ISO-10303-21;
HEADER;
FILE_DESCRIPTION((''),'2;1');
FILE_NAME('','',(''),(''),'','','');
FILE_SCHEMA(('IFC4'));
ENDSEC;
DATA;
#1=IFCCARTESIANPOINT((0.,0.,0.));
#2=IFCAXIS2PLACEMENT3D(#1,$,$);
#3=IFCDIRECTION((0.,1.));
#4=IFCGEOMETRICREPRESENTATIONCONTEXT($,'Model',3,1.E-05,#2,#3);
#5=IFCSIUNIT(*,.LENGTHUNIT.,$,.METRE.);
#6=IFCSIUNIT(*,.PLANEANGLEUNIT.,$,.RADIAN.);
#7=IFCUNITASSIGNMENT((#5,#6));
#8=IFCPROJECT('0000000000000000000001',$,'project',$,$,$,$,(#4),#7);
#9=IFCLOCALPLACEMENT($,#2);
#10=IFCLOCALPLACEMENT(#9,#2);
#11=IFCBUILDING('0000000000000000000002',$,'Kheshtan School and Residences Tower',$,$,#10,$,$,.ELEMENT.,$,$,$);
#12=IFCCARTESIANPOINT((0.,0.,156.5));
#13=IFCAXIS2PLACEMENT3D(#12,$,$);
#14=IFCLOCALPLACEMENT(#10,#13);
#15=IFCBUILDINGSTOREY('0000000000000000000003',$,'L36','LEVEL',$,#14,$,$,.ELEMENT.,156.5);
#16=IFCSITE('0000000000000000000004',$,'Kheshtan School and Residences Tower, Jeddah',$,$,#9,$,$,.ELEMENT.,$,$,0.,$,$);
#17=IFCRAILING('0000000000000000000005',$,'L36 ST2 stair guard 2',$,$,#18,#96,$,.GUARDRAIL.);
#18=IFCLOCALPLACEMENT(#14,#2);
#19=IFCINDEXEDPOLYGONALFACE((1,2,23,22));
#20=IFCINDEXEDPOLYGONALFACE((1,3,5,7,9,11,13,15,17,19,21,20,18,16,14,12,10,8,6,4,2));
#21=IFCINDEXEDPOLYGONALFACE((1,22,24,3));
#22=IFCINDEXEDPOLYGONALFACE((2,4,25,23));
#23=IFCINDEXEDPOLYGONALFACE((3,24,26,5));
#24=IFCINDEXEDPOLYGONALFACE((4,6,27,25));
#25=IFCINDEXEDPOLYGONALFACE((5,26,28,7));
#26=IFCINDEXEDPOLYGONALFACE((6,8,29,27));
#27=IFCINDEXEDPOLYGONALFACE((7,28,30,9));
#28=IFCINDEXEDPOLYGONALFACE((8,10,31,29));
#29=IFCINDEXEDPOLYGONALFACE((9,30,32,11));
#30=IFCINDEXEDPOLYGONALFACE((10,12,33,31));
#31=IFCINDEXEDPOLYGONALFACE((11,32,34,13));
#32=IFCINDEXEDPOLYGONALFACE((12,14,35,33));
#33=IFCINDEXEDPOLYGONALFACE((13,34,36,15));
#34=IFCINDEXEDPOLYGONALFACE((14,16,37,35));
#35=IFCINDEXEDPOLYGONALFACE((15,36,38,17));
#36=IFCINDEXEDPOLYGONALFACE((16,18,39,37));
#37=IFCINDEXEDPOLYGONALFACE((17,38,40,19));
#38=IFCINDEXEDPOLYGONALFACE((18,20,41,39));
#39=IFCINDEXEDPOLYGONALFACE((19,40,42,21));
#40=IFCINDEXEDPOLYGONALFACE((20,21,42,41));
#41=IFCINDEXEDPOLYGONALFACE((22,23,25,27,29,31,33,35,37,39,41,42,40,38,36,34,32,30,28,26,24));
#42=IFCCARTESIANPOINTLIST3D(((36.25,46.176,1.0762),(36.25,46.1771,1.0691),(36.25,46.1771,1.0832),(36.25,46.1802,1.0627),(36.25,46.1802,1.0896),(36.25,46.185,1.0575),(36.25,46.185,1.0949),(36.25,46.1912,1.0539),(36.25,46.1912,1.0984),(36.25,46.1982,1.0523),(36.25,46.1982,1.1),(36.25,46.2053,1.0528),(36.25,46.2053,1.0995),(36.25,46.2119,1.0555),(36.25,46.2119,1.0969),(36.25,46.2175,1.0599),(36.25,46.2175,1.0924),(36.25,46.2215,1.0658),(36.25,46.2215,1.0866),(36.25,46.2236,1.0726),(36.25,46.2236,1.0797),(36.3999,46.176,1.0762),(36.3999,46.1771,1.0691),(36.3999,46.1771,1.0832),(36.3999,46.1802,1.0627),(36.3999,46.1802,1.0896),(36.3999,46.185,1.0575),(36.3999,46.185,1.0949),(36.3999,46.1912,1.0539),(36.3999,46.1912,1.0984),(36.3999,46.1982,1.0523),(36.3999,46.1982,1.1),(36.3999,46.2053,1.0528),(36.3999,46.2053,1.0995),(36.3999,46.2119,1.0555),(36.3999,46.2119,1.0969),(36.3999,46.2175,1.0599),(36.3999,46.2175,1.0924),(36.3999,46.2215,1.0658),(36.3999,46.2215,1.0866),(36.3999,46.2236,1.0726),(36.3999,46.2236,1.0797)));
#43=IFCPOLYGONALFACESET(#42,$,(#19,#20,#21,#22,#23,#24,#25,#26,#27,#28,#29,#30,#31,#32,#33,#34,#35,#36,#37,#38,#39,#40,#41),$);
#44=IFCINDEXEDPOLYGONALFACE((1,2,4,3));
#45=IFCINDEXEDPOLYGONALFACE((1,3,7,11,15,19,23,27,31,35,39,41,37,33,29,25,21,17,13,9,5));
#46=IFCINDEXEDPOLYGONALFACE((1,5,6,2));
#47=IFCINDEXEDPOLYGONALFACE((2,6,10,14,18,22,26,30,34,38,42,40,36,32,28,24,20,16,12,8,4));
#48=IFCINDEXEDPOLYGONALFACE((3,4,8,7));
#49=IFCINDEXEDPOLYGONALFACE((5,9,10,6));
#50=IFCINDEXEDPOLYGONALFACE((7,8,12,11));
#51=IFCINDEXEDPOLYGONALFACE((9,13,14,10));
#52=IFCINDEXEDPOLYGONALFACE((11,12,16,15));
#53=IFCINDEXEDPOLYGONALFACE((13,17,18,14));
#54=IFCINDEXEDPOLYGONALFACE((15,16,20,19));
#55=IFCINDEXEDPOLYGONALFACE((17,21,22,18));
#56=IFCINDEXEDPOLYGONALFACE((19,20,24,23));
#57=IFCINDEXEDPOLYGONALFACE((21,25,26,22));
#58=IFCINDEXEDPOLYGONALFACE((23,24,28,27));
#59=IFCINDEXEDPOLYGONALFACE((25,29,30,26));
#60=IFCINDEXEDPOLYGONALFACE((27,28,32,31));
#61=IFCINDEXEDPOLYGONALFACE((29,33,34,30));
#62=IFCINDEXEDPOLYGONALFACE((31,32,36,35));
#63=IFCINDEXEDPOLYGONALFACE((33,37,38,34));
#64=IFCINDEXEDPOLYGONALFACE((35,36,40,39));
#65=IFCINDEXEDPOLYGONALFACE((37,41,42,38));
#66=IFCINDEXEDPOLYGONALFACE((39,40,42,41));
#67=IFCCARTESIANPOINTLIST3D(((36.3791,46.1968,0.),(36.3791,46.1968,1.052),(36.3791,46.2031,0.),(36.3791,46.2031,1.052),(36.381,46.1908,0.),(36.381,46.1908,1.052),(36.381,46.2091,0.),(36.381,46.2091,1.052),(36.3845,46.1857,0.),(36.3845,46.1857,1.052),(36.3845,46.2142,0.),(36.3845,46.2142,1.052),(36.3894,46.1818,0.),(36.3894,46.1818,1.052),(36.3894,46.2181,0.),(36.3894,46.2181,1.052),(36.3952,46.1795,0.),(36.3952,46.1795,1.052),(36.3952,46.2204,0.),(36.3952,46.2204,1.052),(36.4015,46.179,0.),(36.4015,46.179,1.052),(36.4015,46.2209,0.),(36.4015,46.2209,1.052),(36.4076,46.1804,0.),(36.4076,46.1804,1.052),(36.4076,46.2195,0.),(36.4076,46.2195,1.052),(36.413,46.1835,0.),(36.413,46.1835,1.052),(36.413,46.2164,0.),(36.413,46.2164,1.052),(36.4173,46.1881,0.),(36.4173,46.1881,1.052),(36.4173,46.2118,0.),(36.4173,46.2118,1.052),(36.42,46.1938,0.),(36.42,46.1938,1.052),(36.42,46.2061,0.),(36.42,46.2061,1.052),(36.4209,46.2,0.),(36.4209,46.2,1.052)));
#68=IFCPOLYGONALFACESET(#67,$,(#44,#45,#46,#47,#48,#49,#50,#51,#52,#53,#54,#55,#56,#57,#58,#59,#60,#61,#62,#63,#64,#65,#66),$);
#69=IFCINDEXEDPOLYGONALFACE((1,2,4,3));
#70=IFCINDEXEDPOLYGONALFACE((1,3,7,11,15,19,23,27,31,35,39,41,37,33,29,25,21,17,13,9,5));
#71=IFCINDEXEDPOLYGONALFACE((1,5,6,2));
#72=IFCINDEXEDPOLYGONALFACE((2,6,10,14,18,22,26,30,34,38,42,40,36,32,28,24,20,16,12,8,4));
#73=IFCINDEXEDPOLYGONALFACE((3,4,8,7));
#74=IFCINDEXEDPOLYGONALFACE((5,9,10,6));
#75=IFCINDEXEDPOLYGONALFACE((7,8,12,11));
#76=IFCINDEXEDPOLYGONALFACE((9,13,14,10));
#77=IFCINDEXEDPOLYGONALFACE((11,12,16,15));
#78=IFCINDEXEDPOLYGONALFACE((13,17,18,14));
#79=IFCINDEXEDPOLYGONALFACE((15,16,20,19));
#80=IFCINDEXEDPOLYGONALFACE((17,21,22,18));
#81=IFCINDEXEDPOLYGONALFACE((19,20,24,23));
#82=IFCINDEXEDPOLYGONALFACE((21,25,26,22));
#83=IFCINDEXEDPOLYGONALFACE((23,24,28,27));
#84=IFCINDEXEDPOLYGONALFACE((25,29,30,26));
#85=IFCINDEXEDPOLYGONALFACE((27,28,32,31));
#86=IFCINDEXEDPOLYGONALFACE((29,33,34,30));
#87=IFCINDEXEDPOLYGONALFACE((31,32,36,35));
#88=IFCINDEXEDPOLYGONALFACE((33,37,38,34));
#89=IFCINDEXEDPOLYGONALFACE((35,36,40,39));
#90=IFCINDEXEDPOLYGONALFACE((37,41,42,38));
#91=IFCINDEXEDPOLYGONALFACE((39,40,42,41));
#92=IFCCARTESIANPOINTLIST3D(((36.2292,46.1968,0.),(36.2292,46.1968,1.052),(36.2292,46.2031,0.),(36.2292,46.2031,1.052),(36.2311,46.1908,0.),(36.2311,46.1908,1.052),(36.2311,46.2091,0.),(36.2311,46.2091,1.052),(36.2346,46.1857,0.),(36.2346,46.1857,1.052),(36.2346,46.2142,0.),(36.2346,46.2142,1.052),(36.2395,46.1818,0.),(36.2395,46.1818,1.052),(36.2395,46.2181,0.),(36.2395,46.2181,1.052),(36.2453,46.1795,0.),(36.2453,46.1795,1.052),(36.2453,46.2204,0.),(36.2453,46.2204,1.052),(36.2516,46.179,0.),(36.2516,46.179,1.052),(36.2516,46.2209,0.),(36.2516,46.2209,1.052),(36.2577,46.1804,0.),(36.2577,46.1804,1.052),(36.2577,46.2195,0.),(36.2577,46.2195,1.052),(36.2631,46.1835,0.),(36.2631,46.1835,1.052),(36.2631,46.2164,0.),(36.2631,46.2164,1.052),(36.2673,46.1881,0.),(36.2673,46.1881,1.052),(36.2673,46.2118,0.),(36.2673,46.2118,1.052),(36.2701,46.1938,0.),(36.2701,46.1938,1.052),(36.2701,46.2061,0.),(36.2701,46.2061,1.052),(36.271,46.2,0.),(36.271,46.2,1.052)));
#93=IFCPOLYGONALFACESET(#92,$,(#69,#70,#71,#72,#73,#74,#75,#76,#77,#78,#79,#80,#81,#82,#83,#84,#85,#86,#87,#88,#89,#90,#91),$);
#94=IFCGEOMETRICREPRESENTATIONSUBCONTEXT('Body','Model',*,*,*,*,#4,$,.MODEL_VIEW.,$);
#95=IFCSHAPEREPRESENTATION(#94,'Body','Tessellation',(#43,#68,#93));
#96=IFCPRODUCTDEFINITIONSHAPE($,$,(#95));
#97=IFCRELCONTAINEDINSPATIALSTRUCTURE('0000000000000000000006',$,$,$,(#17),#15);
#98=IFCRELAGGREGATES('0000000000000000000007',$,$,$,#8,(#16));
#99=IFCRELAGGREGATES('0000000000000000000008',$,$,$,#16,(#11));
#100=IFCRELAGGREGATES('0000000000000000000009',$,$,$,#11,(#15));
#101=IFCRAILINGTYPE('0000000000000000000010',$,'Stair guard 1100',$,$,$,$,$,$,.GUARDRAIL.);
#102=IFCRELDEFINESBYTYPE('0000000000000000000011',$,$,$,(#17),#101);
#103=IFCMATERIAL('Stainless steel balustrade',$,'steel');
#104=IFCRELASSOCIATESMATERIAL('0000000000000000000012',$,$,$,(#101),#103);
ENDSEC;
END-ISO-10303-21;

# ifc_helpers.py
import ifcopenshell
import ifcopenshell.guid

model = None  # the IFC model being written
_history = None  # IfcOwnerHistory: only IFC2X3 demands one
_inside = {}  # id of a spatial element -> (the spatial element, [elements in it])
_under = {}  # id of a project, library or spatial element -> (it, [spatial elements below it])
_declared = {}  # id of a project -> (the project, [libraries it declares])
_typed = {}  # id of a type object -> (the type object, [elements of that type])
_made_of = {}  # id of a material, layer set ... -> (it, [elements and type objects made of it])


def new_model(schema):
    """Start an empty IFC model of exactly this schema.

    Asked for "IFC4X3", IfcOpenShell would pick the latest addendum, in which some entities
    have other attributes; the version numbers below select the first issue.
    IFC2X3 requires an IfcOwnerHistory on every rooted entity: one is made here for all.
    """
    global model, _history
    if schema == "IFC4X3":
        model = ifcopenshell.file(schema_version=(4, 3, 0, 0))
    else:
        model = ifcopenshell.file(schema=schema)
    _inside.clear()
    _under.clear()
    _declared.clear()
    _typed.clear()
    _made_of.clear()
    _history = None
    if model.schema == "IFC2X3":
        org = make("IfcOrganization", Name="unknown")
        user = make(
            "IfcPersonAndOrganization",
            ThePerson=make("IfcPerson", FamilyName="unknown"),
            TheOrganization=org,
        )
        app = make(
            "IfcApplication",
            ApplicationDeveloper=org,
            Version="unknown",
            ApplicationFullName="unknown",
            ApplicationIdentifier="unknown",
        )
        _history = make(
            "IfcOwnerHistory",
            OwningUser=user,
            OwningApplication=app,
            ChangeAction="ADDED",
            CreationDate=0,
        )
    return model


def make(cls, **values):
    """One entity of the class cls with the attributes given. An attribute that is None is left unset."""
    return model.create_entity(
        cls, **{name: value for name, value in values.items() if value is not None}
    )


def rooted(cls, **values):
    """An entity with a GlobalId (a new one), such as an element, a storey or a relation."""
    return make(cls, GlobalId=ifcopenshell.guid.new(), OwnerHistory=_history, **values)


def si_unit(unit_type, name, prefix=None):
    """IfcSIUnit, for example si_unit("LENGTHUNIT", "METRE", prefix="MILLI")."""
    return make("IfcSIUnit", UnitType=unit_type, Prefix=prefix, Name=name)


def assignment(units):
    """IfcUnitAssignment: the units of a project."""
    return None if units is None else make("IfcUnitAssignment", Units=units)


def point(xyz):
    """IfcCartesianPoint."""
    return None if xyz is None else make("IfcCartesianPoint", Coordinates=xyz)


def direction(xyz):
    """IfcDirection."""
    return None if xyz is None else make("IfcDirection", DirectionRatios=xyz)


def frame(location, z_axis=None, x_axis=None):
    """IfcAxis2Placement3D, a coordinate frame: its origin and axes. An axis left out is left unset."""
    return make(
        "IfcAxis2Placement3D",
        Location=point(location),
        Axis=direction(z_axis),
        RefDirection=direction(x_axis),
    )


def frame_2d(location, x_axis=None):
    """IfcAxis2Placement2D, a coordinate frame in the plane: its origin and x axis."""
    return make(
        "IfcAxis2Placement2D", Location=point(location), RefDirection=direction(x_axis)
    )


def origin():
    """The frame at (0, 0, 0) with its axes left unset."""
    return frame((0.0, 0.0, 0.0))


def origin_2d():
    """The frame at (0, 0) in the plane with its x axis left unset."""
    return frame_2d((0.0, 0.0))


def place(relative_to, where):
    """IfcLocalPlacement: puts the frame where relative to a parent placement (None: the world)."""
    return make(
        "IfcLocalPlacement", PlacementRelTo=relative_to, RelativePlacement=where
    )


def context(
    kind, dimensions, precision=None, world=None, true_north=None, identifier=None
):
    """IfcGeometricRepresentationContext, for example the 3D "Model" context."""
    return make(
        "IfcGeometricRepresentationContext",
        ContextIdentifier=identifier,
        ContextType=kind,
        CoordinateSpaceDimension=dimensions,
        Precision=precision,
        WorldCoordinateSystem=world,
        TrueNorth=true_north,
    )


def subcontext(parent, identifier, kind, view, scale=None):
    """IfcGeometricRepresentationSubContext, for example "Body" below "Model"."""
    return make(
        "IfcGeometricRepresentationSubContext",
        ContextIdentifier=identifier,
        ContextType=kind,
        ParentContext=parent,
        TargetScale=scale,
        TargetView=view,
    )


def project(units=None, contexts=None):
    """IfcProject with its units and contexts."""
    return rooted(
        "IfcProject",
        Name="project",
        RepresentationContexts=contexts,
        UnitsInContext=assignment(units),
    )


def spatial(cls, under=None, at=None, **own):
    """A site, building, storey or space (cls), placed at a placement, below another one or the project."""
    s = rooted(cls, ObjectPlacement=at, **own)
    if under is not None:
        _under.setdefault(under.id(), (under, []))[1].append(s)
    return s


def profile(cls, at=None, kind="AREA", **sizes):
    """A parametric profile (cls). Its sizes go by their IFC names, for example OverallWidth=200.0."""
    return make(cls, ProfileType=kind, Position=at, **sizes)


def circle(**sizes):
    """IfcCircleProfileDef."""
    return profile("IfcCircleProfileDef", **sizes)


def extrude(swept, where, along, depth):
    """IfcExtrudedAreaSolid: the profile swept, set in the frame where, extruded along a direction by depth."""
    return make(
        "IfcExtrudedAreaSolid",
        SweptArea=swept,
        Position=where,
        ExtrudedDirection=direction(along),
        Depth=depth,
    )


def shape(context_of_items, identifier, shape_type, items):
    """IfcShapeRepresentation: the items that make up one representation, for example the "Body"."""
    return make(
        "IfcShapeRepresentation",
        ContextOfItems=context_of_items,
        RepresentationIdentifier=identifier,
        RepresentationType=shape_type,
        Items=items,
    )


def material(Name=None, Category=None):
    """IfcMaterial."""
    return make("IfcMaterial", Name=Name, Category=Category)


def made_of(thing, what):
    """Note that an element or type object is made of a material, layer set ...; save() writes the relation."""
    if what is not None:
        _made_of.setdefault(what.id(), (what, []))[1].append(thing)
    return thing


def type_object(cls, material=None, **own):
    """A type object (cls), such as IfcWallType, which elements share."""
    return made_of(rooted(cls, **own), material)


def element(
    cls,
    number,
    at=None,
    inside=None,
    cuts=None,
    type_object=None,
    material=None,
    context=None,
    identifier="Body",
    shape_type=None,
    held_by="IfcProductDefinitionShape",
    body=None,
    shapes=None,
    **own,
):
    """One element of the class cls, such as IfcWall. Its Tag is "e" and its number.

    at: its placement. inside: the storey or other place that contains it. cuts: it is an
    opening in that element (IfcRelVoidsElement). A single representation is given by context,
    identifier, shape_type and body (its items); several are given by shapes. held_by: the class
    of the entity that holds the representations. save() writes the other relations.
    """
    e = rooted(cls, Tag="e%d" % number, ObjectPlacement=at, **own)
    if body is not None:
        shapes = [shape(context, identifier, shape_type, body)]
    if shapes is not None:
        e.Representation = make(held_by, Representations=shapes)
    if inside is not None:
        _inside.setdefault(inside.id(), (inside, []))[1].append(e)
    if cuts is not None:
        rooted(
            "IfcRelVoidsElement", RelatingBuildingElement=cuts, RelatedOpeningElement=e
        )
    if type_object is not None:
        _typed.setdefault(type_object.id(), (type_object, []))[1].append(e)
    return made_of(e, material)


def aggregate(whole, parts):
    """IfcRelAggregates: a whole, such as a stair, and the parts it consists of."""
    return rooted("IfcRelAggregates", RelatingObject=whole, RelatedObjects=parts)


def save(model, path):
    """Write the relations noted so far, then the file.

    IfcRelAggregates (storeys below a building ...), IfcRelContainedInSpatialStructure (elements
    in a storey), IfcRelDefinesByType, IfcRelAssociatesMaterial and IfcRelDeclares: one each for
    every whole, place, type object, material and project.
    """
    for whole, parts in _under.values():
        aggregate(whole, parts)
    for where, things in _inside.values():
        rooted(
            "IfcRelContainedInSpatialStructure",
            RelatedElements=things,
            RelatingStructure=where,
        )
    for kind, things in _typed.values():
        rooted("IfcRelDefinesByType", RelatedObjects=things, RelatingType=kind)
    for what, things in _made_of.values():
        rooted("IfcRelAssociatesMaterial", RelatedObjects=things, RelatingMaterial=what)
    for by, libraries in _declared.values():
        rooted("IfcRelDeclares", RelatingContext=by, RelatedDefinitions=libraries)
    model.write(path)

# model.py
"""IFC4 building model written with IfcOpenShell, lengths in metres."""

from ifc_helpers import new_model, si_unit, direction, frame, origin, origin_2d, place, context, subcontext, project, spatial, circle, extrude, material, type_object, element, save


model = new_model("IFC4")

# Units and contexts
model_context = context("Model", 3, precision=1e-05, world=origin(), true_north=direction((0.0, 1.0)))
body_context = subcontext(model_context, "Body", "Model", "MODEL_VIEW")
ifc_project = project(units=[si_unit("LENGTHUNIT", "METRE"), si_unit("PLANEANGLEUNIT", "RADIAN")], contexts=[model_context])

# Site, building, storey
site_placement = place(None, origin())
site = spatial("IfcSite", under=ifc_project, at=site_placement, Name="Kheshtan School and Residences Tower, Jeddah", CompositionType="ELEMENT", RefElevation=0.0)
building_placement = place(site_placement, origin())
building = spatial("IfcBuilding", under=site, at=building_placement, Name="Kheshtan School and Residences Tower", CompositionType="ELEMENT")
storey_placement = place(building_placement, frame((0.0, 0.0, 156.5)))
storey = spatial("IfcBuildingStorey", under=building, at=storey_placement, Name="L36", Description="LEVEL", CompositionType="ELEMENT", Elevation=156.5)

# Railing
ifc_material_1 = material(Name="Stainless steel balustrade", Category="steel")
railing_type_1 = type_object("IfcRailingType", Name="Stair guard 1100", PredefinedType="GUARDRAIL", material=ifc_material_1)
railing_1_placement = place(storey_placement, frame((36.3999, 46.2, 0.0)))
element("IfcRailing", 1, at=railing_1_placement, inside=storey, type_object=railing_type_1, Name="L36 ST2 stair guard 2", PredefinedType="GUARDRAIL", context=body_context, shape_type="SweptSolid", body=[
    extrude(circle(Radius=0.0239, at=origin_2d()), frame((0.0, 0.0, 1.0762), z_axis=(-1.0, 0.0, 0.0), x_axis=(0.0, -1.0, 0.0)), (0.0, 0.0, 1.0), 0.1499),
    extrude(circle(Radius=0.021, at=origin_2d()), origin(), (0.0, 0.0, 1.0), 1.052),
    extrude(circle(Radius=0.021, at=origin_2d()), frame((-0.1499, 0.0, 0.0)), (0.0, 0.0, 1.0), 1.052),
])

save(model, "model.ifc")
